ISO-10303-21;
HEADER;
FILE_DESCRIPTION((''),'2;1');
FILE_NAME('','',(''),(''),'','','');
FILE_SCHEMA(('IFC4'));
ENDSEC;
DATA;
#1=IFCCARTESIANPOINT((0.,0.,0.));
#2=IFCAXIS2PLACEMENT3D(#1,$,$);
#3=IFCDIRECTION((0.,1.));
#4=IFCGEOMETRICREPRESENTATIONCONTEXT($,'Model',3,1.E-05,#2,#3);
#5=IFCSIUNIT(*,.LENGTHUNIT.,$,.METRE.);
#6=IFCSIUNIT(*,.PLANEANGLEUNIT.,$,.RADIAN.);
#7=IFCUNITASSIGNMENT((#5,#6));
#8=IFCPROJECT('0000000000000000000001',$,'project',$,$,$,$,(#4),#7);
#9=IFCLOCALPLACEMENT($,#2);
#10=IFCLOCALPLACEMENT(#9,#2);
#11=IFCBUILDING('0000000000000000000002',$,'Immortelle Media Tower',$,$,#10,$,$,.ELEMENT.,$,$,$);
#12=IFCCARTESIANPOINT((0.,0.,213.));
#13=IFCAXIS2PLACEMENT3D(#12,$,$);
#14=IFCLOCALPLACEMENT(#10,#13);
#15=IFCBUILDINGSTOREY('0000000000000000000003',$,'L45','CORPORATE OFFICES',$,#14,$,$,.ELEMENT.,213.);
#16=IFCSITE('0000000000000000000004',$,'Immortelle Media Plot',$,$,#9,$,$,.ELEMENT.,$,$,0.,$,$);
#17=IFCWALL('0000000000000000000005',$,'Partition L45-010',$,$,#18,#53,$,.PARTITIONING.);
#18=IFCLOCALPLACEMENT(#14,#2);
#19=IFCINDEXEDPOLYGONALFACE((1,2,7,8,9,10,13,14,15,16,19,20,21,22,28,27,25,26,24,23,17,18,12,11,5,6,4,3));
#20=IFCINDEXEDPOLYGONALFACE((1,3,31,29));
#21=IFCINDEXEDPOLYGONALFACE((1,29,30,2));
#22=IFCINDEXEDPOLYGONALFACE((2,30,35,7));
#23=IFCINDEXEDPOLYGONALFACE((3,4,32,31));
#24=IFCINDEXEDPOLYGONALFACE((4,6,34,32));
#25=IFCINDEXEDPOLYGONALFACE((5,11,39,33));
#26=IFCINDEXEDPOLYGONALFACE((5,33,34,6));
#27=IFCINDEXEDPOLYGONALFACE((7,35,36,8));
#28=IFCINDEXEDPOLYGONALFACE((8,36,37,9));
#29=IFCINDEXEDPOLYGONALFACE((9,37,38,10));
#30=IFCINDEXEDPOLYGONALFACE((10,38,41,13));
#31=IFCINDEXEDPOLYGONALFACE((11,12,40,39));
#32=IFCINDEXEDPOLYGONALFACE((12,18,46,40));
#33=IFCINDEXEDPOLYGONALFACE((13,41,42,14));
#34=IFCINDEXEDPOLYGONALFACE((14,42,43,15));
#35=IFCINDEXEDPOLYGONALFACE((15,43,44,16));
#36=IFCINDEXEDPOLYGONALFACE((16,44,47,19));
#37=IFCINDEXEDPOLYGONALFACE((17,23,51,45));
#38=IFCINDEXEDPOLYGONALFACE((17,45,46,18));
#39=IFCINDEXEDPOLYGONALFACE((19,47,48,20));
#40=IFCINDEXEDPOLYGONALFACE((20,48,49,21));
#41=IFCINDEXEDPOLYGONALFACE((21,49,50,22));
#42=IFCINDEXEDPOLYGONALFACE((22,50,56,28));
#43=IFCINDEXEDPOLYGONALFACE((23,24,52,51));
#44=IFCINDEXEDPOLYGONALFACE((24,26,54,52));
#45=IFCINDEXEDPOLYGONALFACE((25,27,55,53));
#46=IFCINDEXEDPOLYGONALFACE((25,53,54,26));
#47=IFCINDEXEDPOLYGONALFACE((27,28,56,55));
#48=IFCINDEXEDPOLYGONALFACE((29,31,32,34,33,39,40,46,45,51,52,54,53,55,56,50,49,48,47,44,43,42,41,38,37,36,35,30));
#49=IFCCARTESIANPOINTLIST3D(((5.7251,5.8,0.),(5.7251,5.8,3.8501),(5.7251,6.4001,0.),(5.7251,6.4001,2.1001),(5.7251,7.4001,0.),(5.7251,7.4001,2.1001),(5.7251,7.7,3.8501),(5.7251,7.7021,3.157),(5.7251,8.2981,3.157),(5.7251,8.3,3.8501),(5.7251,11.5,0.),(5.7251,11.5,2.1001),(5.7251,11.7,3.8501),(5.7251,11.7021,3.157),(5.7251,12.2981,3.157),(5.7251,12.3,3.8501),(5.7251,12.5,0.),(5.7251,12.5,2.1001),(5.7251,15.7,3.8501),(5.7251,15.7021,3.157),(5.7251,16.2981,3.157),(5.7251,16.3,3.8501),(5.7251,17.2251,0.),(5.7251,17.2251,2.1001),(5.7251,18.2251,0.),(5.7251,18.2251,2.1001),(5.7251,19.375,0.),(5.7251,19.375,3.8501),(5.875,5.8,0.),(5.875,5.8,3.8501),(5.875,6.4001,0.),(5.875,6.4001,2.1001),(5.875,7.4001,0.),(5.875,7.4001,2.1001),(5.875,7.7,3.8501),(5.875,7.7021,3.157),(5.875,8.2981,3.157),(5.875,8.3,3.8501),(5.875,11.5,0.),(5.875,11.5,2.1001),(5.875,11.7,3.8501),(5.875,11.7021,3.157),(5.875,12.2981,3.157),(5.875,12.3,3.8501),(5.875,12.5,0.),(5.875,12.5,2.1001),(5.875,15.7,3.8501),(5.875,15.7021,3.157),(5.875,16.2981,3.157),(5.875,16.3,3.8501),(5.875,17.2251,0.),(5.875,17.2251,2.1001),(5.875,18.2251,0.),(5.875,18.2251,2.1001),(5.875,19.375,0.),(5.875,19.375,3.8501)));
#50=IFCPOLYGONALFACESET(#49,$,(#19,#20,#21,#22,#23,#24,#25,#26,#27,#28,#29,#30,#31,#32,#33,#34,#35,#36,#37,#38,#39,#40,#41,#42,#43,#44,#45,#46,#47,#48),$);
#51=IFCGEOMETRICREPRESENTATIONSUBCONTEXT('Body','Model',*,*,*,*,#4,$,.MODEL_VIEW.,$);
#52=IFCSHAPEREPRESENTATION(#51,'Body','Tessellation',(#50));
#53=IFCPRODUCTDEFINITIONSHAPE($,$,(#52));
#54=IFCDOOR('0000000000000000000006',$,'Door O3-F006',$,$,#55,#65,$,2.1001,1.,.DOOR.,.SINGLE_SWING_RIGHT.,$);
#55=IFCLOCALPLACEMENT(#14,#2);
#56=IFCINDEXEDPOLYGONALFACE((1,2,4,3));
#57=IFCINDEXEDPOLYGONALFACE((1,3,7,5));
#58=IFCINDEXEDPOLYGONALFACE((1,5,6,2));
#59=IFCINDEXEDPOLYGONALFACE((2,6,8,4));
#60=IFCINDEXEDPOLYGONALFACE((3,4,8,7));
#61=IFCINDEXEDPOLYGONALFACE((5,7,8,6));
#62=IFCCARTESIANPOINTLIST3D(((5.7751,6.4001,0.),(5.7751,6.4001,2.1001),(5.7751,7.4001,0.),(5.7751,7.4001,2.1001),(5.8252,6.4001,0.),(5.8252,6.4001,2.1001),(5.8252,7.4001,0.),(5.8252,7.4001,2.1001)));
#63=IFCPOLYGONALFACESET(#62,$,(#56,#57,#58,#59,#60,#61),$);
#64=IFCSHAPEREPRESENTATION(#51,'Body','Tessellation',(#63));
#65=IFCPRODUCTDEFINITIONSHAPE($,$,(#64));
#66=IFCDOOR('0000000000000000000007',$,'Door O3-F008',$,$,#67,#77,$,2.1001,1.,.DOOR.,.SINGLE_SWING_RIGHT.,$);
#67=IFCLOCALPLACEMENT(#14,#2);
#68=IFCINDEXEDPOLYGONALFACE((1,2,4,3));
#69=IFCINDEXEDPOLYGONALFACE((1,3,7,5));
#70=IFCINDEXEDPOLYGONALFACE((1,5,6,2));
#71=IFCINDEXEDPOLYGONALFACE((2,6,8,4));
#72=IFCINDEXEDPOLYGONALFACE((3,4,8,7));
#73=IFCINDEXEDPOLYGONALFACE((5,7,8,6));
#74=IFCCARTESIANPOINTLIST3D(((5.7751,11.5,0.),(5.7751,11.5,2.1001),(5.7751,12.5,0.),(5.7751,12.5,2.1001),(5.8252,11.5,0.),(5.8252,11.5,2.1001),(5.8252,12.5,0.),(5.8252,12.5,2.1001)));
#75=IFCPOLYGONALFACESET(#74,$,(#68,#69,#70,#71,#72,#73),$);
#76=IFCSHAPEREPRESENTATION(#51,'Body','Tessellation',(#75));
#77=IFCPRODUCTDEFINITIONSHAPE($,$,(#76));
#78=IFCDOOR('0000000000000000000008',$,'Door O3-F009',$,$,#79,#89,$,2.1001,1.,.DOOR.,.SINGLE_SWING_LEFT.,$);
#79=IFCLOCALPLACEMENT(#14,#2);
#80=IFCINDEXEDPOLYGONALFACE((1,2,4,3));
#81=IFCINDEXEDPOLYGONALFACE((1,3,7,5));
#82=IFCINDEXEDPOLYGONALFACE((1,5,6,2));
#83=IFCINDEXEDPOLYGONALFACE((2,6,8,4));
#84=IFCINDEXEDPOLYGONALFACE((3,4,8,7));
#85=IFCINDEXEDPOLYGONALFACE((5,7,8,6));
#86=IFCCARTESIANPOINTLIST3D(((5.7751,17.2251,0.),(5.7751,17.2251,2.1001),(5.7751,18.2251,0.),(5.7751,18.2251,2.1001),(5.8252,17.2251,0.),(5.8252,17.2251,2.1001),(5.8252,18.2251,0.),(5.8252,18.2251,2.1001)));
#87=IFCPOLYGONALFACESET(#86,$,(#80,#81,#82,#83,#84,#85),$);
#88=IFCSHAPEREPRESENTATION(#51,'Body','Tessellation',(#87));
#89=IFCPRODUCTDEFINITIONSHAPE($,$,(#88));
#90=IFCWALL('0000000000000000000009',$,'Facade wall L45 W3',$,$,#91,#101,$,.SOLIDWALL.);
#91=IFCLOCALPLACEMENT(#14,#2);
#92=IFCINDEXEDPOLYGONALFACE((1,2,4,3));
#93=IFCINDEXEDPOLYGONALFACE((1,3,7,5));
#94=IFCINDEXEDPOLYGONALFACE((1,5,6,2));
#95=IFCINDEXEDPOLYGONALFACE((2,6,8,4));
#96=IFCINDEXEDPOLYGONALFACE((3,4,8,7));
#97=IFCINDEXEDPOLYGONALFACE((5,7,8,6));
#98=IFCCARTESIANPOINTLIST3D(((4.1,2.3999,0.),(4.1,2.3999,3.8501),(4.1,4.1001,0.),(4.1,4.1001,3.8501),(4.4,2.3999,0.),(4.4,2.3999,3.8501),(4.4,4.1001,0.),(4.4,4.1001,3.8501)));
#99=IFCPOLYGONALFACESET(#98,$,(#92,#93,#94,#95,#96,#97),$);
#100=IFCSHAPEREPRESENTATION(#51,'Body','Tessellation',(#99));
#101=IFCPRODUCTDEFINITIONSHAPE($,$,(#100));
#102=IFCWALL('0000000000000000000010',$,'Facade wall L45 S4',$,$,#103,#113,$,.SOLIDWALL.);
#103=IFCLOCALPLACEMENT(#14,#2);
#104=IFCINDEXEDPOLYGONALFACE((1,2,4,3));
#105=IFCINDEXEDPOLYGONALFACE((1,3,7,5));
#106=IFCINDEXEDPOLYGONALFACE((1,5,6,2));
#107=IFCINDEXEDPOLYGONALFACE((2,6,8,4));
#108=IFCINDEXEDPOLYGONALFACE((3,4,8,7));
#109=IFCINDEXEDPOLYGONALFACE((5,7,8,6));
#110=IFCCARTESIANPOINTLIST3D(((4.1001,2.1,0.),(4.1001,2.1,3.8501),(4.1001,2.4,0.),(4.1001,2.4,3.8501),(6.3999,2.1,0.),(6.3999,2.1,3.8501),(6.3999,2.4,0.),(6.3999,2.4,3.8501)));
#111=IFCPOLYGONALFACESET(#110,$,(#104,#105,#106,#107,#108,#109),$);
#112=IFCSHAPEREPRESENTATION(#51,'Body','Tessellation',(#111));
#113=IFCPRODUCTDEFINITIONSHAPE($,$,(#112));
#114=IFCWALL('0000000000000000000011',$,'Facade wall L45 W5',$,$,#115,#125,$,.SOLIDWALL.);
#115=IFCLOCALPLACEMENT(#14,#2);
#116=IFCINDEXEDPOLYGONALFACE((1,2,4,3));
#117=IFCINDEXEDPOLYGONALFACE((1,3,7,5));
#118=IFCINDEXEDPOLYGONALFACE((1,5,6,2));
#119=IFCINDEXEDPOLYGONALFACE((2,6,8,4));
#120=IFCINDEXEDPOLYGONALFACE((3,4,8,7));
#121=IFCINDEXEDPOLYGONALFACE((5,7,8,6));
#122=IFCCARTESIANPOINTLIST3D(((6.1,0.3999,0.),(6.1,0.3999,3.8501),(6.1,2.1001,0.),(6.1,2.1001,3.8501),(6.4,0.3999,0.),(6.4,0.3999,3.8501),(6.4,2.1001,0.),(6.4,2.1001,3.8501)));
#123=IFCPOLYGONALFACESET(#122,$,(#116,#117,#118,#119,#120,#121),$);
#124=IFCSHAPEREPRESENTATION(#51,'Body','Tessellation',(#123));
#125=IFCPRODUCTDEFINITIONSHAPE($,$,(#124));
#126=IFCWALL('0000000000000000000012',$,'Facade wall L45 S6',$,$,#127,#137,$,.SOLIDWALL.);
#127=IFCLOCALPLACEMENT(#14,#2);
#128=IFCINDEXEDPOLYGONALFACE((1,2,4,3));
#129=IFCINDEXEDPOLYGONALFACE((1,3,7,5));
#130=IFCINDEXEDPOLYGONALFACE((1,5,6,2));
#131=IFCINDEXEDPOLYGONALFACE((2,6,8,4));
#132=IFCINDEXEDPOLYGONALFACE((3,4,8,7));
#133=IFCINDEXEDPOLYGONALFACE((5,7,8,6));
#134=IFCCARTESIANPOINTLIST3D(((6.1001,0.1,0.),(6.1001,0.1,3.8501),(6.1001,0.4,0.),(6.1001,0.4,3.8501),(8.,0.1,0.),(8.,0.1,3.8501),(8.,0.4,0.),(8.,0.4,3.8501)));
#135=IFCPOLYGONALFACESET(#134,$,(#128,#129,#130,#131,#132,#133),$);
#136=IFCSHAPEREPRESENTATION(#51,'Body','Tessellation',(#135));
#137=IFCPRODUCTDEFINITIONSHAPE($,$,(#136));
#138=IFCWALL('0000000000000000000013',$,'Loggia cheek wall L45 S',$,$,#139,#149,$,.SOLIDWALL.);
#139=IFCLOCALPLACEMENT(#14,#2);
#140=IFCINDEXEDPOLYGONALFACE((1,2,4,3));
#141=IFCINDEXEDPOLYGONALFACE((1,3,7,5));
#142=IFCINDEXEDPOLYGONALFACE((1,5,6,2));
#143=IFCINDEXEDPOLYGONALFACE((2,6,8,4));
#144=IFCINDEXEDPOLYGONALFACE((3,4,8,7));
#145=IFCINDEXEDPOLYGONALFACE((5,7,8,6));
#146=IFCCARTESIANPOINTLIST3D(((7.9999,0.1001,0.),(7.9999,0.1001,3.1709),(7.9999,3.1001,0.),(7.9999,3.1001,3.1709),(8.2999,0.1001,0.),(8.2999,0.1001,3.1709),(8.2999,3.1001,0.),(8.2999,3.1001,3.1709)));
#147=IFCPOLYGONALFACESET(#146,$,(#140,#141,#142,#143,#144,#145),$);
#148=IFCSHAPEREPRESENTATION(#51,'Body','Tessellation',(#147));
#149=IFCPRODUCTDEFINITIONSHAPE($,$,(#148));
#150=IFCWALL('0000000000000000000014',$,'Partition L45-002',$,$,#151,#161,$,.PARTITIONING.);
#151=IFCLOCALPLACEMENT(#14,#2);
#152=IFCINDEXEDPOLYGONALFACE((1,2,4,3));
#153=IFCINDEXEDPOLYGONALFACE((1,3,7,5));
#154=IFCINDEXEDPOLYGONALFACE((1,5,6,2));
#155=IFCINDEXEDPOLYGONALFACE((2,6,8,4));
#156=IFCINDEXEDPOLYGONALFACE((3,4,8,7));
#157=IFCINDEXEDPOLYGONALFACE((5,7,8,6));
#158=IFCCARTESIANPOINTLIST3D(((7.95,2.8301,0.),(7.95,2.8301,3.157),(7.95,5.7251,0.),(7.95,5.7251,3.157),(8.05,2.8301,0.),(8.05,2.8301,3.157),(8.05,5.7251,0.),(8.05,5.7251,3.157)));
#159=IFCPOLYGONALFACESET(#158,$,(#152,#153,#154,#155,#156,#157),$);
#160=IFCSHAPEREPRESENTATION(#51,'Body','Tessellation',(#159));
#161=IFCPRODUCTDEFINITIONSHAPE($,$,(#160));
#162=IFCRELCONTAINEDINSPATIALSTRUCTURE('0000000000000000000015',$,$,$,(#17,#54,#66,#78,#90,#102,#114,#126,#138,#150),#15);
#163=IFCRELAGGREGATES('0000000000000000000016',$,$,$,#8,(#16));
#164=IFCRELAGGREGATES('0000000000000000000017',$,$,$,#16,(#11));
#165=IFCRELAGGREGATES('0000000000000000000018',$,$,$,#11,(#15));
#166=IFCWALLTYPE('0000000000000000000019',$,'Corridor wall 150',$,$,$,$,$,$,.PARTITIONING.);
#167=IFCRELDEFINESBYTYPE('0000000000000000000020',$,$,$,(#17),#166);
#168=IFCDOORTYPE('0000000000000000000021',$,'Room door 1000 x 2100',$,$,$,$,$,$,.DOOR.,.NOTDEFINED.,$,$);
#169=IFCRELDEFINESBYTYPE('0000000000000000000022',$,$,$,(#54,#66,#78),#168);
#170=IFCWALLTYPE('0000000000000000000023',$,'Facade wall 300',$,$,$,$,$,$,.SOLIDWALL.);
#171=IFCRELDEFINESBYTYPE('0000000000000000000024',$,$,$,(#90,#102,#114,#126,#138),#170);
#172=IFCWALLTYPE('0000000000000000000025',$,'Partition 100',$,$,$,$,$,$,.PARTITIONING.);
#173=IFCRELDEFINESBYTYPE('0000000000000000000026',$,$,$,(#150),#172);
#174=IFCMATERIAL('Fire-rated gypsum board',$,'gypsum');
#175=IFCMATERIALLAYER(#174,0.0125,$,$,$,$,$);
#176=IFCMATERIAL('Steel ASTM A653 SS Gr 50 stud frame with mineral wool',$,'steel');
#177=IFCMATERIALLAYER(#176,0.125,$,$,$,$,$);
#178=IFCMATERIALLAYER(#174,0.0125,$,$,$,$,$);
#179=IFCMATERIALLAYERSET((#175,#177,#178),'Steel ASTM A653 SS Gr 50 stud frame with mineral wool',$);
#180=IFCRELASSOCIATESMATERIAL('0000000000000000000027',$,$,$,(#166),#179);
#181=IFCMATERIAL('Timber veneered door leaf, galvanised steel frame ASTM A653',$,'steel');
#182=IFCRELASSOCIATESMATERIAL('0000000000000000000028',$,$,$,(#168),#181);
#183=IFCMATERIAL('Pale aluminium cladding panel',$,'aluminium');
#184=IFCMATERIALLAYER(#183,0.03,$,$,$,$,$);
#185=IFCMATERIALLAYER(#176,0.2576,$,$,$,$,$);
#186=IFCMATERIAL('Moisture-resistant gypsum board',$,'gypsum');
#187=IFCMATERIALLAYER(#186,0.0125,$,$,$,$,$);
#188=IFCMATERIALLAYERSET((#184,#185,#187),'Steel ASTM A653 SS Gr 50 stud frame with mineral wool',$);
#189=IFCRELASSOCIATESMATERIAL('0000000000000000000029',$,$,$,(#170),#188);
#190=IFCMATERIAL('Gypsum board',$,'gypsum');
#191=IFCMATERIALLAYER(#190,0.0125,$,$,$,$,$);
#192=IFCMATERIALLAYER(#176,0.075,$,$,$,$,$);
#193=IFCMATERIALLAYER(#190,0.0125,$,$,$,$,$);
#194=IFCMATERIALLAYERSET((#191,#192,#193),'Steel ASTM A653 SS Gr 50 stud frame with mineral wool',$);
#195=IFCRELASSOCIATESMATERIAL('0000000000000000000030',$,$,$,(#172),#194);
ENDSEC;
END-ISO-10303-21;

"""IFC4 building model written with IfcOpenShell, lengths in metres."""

from ifc_helpers import new_model, si_unit, direction, frame, frame_2d, origin, place, context, subcontext, project, spatial, polyline, rectangle, outline, extrude, material, layer, layer_set, type_object, element, fill, save


model = new_model("IFC4")

# Units and contexts
model_context = context("Model", 3, precision=1e-05, world=origin(), true_north=direction((0.0, 1.0)))
body_context = subcontext(model_context, "Body", "Model", "MODEL_VIEW")
ifc_project = project(units=[si_unit("LENGTHUNIT", "METRE"), si_unit("PLANEANGLEUNIT", "RADIAN")], contexts=[model_context])

# Site, building, storey
site_placement = place(None, origin())
site = spatial("IfcSite", under=ifc_project, at=site_placement, Name="Immortelle Media Plot", CompositionType="ELEMENT", RefElevation=0.0)
building_placement = place(site_placement, origin())
building = spatial("IfcBuilding", under=site, at=building_placement, Name="Immortelle Media Tower", CompositionType="ELEMENT")
storey_placement = place(building_placement, frame((0.0, 0.0, 213.0)))
storey = spatial("IfcBuildingStorey", under=building, at=storey_placement, Name="L45", Description="CORPORATE OFFICES", CompositionType="ELEMENT", Elevation=213.0)

# Wall, openings, doors
ifc_material_1 = material(Name="Fire-rated gypsum board", Category="gypsum")
ifc_layer_1 = layer(ifc_material_1, 0.0125)
ifc_material_2 = material(Name="Steel ASTM A653 SS Gr 50 stud frame with mineral wool", Category="steel")
ifc_layer_2 = layer(ifc_material_2, 0.125)
ifc_layer_3 = layer(ifc_material_1, 0.0125)
ifc_layer_set_1 = layer_set([ifc_layer_1, ifc_layer_2, ifc_layer_3], Name="Steel ASTM A653 SS Gr 50 stud frame with mineral wool")
wall_type_1 = type_object("IfcWallType", Name="Corridor wall 150", PredefinedType="PARTITIONING", material=ifc_layer_set_1)
ifc_material_3 = material(Name="Timber veneered door leaf, galvanised steel frame ASTM A653", Category="steel")
door_type = type_object("IfcDoorType", Name="Room door 1000 x 2100", OperationType="NOTDEFINED", PredefinedType="DOOR", material=ifc_material_3)
wall_1_placement = place(storey_placement, frame((5.8, 5.8, 0.0), z_axis=(0.0, 0.0, 1.0), x_axis=(0.0, 1.0, 0.0)))
wall_1 = element("IfcWall", 1, at=wall_1_placement, inside=storey, type_object=wall_type_1, Name="Partition L45-010", PredefinedType="PARTITIONING", context=body_context, shape_type="SweptSolid", body=[
    extrude(outline(polyline([(0.0, 0.0), (13.575, 0.0), (13.575, 3.8501), (10.5, 3.8501), (10.498, 3.157), (9.9021, 3.157), (9.8999, 3.8501), (6.5, 3.8501), (6.498, 3.157), (5.9021, 3.157), (5.8999, 3.8501), (2.5, 3.8501), (2.498, 3.157), (1.9021, 3.157), (1.8999, 3.8501), (0.0, 3.8501), (0.0, 0.0)])), frame((0.0, 0.075, 0.0), z_axis=(0.0, -1.0, 0.0), x_axis=(1.0, 0.0, 0.0)), (0.0, 0.0, 1.0), 0.1499),
])
opening_1_placement = place(wall_1_placement, frame((0.6001, 0.0, 0.0)))
opening_1 = element("IfcOpeningElement", 2, at=opening_1_placement, cuts=wall_1, PredefinedType="OPENING", context=body_context, shape_type="SweptSolid", body=[
    extrude(rectangle(XDim=1.0, YDim=2.1001, at=frame_2d((0.5, 1.05))), frame((0.0, 0.085, 0.0), z_axis=(0.0, -1.0, 0.0), x_axis=(1.0, 0.0, 0.0)), (0.0, 0.0, 1.0), 0.1699),
])
opening_2_placement = place(wall_1_placement, frame((5.7, 0.0, 0.0)))
opening_2 = element("IfcOpeningElement", 3, at=opening_2_placement, cuts=wall_1, PredefinedType="OPENING", context=body_context, shape_type="SweptSolid", body=[
    extrude(rectangle(XDim=1.0, YDim=2.1001, at=frame_2d((0.5, 1.05))), frame((0.0, 0.085, 0.0), z_axis=(0.0, -1.0, 0.0), x_axis=(1.0, 0.0, 0.0)), (0.0, 0.0, 1.0), 0.1699),
])
opening_3_placement = place(wall_1_placement, frame((11.425, 0.0, 0.0)))
opening_3 = element("IfcOpeningElement", 4, at=opening_3_placement, cuts=wall_1, PredefinedType="OPENING", context=body_context, shape_type="SweptSolid", body=[
    extrude(rectangle(XDim=1.0, YDim=2.1001, at=frame_2d((0.5, 1.05))), frame((0.0, 0.085, 0.0), z_axis=(0.0, -1.0, 0.0), x_axis=(1.0, 0.0, 0.0)), (0.0, 0.0, 1.0), 0.1699),
])
door_1_placement = place(opening_1_placement, origin())
door_1 = element("IfcDoor", 5, at=door_1_placement, inside=storey, type_object=door_type, Name="Door O3-F006", OperationType="SINGLE_SWING_RIGHT", OverallHeight=2.1001, OverallWidth=1.0, PredefinedType="DOOR", context=body_context, shape_type="SweptSolid", body=[
    extrude(rectangle(XDim=1.0, YDim=2.1001, at=frame_2d((0.5, 1.05))), frame((0.0, 0.0249, 0.0), z_axis=(0.0, -1.0, 0.0), x_axis=(1.0, 0.0, 0.0)), (0.0, 0.0, 1.0), 0.05),
])
fill(opening_1, door_1)
door_2_placement = place(opening_2_placement, origin())
door_2 = element("IfcDoor", 6, at=door_2_placement, inside=storey, type_object=door_type, Name="Door O3-F008", OperationType="SINGLE_SWING_RIGHT", OverallHeight=2.1001, OverallWidth=1.0, PredefinedType="DOOR", context=body_context, shape_type="SweptSolid", body=[
    extrude(rectangle(XDim=1.0, YDim=2.1001, at=frame_2d((0.5, 1.05))), frame((0.0, 0.0249, 0.0), z_axis=(0.0, -1.0, 0.0), x_axis=(1.0, 0.0, 0.0)), (0.0, 0.0, 1.0), 0.05),
])
fill(opening_2, door_2)
door_3_placement = place(opening_3_placement, origin())
door_3 = element("IfcDoor", 7, at=door_3_placement, inside=storey, type_object=door_type, Name="Door O3-F009", OperationType="SINGLE_SWING_LEFT", OverallHeight=2.1001, OverallWidth=1.0, PredefinedType="DOOR", context=body_context, shape_type="SweptSolid", body=[
    extrude(rectangle(XDim=1.0, YDim=2.1001, at=frame_2d((0.5, 1.05))), frame((0.0, 0.0249, 0.0), z_axis=(0.0, -1.0, 0.0), x_axis=(1.0, 0.0, 0.0)), (0.0, 0.0, 1.0), 0.05),
])
fill(opening_3, door_3)

# Walls
ifc_material_4 = material(Name="Pale aluminium cladding panel", Category="aluminium")
ifc_layer_4 = layer(ifc_material_4, 0.03)
ifc_layer_5 = layer(ifc_material_2, 0.2576)
ifc_material_5 = material(Name="Moisture-resistant gypsum board", Category="gypsum")
ifc_layer_6 = layer(ifc_material_5, 0.0125)
ifc_layer_set_2 = layer_set([ifc_layer_4, ifc_layer_5, ifc_layer_6], Name="Steel ASTM A653 SS Gr 50 stud frame with mineral wool")
wall_type_2 = type_object("IfcWallType", Name="Facade wall 300", PredefinedType="SOLIDWALL", material=ifc_layer_set_2)
wall_2_placement = place(storey_placement, frame((4.25, 4.1001, 0.0), z_axis=(0.0, 0.0, 1.0), x_axis=(0.0, -1.0, 0.0)))
element("IfcWall", 8, at=wall_2_placement, inside=storey, type_object=wall_type_2, Name="Facade wall L45 W3", PredefinedType="SOLIDWALL", context=body_context, shape_type="SweptSolid", body=[
    extrude(rectangle(XDim=1.7002, YDim=0.3, at=frame_2d((0.8501, 0.0))), origin(), (0.0, 0.0, 1.0), 3.8501),
])
wall_3_placement = place(storey_placement, frame((4.1001, 2.25, 0.0), z_axis=(0.0, 0.0, 1.0), x_axis=(1.0, 0.0, 0.0)))
element("IfcWall", 9, at=wall_3_placement, inside=storey, type_object=wall_type_2, Name="Facade wall L45 S4", PredefinedType="SOLIDWALL", context=body_context, shape_type="SweptSolid", body=[
    extrude(rectangle(XDim=2.2998, YDim=0.3, at=frame_2d((1.1499, 0.0))), origin(), (0.0, 0.0, 1.0), 3.8501),
])
wall_4_placement = place(storey_placement, frame((6.25, 2.1001, 0.0), z_axis=(0.0, 0.0, 1.0), x_axis=(0.0, -1.0, 0.0)))
element("IfcWall", 10, at=wall_4_placement, inside=storey, type_object=wall_type_2, Name="Facade wall L45 W5", PredefinedType="SOLIDWALL", context=body_context, shape_type="SweptSolid", body=[
    extrude(rectangle(XDim=1.7002, YDim=0.3, at=frame_2d((0.8501, 0.0))), origin(), (0.0, 0.0, 1.0), 3.8501),
])
wall_5_placement = place(storey_placement, frame((6.1001, 0.25, 0.0), z_axis=(0.0, 0.0, 1.0), x_axis=(1.0, 0.0, 0.0)))
element("IfcWall", 11, at=wall_5_placement, inside=storey, type_object=wall_type_2, Name="Facade wall L45 S6", PredefinedType="SOLIDWALL", context=body_context, shape_type="SweptSolid", body=[
    extrude(rectangle(XDim=1.8999, YDim=0.3, at=frame_2d((0.95, 0.0))), origin(), (0.0, 0.0, 1.0), 3.8501),
])
wall_6_placement = place(storey_placement, frame((8.1499, 0.1001, 0.0), z_axis=(0.0, 0.0, 1.0), x_axis=(0.0, 1.0, 0.0)))
element("IfcWall", 12, at=wall_6_placement, inside=storey, type_object=wall_type_2, Name="Loggia cheek wall L45 S", PredefinedType="SOLIDWALL", context=body_context, shape_type="SweptSolid", body=[
    extrude(rectangle(XDim=3.0, YDim=0.3, at=frame_2d((1.5, 0.0))), origin(), (0.0, 0.0, 1.0), 3.1709),
])
ifc_material_6 = material(Name="Gypsum board", Category="gypsum")
ifc_layer_7 = layer(ifc_material_6, 0.0125)
ifc_layer_8 = layer(ifc_material_2, 0.075)
ifc_layer_9 = layer(ifc_material_6, 0.0125)
ifc_layer_set_3 = layer_set([ifc_layer_7, ifc_layer_8, ifc_layer_9], Name="Steel ASTM A653 SS Gr 50 stud frame with mineral wool")
wall_type_3 = type_object("IfcWallType", Name="Partition 100", PredefinedType="PARTITIONING", material=ifc_layer_set_3)
wall_7_placement = place(storey_placement, frame((8.0, 2.8301, 0.0), z_axis=(0.0, 0.0, 1.0), x_axis=(0.0, 1.0, 0.0)))
element("IfcWall", 13, at=wall_7_placement, inside=storey, type_object=wall_type_3, Name="Partition L45-002", PredefinedType="PARTITIONING", context=body_context, shape_type="SweptSolid", body=[
    extrude(rectangle(XDim=2.895, YDim=0.1001, at=frame_2d((1.4475, 0.0))), origin(), (0.0, 0.0, 1.0), 3.157),
])

save(model, "model.ifc")
